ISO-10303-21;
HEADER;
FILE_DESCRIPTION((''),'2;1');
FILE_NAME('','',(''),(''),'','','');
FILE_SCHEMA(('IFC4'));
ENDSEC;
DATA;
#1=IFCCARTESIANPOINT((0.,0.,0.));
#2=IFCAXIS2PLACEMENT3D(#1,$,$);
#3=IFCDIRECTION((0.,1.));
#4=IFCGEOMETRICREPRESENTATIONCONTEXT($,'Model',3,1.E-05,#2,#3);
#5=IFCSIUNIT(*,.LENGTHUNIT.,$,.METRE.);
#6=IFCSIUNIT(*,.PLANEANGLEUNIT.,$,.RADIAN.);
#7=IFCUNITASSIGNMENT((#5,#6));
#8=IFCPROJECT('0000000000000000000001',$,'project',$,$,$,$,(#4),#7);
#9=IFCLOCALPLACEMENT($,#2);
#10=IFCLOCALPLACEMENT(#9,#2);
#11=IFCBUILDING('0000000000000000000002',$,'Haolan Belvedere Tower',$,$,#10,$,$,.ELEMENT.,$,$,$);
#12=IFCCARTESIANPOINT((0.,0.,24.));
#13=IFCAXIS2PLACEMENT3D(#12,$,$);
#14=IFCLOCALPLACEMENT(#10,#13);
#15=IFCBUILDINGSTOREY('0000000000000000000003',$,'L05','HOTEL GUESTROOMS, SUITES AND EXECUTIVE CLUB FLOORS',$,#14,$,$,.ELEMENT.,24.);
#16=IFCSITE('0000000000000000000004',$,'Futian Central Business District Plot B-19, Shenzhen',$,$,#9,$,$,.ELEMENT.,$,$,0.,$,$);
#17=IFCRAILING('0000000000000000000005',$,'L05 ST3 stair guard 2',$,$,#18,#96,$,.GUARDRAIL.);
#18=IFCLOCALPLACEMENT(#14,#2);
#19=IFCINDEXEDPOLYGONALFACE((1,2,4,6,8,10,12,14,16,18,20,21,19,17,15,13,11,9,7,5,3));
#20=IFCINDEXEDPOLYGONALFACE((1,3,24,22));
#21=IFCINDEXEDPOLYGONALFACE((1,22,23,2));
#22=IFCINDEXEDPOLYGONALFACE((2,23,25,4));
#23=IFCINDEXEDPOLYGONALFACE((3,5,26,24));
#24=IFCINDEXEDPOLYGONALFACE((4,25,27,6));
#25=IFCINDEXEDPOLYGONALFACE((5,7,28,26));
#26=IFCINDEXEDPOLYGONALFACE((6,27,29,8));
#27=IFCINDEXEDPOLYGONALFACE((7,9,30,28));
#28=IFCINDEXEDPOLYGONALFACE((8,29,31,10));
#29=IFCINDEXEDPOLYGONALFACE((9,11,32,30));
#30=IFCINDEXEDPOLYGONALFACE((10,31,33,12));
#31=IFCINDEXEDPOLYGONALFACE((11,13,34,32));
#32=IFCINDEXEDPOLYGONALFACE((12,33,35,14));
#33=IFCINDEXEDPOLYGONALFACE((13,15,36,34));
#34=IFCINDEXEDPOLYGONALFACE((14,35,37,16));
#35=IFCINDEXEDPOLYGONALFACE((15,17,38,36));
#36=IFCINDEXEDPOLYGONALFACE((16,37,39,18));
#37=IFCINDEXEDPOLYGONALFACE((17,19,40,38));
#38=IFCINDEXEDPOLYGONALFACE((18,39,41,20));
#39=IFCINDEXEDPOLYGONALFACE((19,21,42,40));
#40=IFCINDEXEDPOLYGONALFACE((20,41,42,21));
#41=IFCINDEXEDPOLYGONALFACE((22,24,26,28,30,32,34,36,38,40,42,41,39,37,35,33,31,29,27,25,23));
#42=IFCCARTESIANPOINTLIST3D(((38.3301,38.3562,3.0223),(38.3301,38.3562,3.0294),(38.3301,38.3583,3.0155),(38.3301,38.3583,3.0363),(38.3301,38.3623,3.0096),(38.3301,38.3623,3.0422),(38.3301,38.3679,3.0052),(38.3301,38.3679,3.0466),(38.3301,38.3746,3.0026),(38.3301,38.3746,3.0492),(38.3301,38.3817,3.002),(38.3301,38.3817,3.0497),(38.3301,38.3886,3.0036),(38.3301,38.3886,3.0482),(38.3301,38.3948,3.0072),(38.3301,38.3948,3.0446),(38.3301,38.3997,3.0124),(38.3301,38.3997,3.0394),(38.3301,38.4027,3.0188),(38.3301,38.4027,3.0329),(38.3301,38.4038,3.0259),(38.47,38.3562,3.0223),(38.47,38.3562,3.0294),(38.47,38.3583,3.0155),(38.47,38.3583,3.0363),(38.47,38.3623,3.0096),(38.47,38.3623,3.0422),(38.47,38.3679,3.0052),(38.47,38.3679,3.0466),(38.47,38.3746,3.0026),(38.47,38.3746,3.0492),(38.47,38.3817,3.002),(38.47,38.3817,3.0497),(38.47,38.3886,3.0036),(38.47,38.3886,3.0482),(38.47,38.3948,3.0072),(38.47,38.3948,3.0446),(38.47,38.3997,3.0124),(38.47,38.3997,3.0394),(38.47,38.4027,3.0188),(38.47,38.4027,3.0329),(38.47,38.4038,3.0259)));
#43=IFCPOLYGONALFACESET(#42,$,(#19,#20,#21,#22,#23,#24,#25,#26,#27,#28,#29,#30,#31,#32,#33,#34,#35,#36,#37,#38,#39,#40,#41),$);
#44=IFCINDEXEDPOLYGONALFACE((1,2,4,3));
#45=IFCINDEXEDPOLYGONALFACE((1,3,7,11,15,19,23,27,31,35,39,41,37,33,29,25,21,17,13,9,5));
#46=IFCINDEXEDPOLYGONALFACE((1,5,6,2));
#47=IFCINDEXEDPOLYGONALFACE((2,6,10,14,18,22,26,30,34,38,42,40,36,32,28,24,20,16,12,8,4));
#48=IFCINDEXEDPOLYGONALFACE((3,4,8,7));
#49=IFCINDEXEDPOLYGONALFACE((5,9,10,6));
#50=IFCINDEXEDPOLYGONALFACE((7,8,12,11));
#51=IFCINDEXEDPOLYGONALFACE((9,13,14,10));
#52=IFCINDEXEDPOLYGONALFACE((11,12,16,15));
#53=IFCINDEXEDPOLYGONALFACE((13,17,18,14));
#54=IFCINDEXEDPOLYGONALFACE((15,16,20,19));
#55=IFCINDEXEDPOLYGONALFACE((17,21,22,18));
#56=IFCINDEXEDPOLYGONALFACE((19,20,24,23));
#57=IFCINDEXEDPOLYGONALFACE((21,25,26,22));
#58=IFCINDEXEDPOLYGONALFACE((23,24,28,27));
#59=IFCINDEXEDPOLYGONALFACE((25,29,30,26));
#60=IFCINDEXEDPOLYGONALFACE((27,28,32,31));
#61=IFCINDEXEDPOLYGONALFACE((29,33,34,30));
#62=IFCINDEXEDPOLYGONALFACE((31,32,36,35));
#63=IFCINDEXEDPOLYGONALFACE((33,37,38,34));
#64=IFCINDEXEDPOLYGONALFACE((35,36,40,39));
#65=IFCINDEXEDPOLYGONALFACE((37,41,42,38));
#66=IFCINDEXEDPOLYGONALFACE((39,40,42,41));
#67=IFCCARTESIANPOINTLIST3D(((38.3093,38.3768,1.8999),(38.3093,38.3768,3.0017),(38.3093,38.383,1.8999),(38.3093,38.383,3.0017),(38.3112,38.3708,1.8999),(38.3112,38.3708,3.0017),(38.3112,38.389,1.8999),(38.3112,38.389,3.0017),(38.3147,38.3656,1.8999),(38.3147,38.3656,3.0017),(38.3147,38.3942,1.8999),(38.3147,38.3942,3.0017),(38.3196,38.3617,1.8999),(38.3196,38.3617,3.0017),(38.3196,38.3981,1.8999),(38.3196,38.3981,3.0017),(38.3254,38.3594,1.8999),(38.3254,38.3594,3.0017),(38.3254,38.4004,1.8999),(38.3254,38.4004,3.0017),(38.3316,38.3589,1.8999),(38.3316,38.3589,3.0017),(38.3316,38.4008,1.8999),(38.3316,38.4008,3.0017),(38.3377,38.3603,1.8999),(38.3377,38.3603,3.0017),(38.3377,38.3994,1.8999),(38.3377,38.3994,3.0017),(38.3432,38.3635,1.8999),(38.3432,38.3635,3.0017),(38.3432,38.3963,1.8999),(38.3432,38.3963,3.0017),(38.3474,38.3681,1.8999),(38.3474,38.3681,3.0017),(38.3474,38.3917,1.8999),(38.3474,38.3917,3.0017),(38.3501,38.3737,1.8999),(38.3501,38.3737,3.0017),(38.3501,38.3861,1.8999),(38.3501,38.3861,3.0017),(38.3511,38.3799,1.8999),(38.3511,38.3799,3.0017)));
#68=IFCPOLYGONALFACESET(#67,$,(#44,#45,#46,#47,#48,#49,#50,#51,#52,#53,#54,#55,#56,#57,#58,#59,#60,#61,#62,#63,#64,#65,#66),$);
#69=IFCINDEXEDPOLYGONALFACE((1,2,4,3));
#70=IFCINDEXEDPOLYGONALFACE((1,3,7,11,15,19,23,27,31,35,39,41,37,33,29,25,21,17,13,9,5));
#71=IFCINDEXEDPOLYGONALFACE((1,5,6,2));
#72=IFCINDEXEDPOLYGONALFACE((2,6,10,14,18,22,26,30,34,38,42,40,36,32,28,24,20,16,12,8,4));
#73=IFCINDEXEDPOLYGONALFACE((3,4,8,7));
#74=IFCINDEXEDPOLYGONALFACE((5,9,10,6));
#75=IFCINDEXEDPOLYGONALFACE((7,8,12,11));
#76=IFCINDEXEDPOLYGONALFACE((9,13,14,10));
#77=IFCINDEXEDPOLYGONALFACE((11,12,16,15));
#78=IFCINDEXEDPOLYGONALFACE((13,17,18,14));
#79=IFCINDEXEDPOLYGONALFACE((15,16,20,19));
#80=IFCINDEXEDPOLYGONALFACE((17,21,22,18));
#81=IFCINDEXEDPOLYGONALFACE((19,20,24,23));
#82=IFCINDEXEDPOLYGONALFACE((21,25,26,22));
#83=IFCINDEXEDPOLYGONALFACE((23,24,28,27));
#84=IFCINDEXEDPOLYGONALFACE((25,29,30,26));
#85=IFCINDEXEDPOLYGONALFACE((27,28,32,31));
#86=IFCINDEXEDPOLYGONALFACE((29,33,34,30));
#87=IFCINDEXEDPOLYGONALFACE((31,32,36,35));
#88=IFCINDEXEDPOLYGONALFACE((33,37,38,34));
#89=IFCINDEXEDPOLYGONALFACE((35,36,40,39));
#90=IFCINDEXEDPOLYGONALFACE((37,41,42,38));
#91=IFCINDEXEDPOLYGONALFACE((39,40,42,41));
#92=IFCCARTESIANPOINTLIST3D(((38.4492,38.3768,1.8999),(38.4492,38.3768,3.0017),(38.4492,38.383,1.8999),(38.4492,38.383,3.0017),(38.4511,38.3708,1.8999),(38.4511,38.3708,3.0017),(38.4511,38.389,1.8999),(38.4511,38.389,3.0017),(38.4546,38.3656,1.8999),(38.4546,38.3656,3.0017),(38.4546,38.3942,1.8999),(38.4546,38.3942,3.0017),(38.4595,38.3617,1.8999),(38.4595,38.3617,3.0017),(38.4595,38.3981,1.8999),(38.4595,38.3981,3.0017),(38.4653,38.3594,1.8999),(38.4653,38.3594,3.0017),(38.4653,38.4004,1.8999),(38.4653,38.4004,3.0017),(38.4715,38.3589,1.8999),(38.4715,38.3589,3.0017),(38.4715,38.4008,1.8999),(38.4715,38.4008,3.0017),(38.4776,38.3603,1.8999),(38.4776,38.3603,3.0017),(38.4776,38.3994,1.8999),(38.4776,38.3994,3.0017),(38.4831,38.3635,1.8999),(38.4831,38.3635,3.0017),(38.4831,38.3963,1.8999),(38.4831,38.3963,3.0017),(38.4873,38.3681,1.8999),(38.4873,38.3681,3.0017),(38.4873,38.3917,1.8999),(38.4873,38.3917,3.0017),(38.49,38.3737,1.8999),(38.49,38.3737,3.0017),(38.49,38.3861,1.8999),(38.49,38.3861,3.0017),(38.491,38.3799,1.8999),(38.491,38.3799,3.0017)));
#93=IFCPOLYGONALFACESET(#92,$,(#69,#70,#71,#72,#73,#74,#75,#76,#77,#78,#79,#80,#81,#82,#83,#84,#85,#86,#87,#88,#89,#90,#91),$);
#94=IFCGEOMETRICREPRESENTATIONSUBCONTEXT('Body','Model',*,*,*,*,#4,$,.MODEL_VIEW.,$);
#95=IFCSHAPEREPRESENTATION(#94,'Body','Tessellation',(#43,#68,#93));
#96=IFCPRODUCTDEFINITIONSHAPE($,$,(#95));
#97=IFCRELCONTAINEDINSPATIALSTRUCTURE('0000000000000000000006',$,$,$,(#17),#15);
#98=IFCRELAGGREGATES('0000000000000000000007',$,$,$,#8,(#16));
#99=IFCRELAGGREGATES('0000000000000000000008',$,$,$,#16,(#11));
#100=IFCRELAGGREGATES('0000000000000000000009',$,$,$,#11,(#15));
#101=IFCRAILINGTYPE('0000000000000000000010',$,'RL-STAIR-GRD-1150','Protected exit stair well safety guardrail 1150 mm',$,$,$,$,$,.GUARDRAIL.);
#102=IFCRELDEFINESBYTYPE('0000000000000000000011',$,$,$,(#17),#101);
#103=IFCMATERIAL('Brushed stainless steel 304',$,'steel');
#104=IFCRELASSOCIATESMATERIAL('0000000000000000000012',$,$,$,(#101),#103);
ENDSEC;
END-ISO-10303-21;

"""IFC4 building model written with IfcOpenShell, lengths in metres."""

from ifc_helpers import new_model, si_unit, direction, frame, origin, origin_2d, place, context, subcontext, project, spatial, circle, extrude, material, type_object, element, save


model = new_model("IFC4")

# Units and contexts
model_context = context("Model", 3, precision=1e-05, world=origin(), true_north=direction((0.0, 1.0)))
body_context = subcontext(model_context, "Body", "Model", "MODEL_VIEW")
ifc_project = project(units=[si_unit("LENGTHUNIT", "METRE"), si_unit("PLANEANGLEUNIT", "RADIAN")], contexts=[model_context])

# Site, building, storey
site_placement = place(None, origin())
site = spatial("IfcSite", under=ifc_project, at=site_placement, Name="Futian Central Business District Plot B-19, Shenzhen", CompositionType="ELEMENT", RefElevation=0.0)
building_placement = place(site_placement, origin())
building = spatial("IfcBuilding", under=site, at=building_placement, Name="Haolan Belvedere Tower", CompositionType="ELEMENT")
storey_placement = place(building_placement, frame((0.0, 0.0, 24.0)))
storey = spatial("IfcBuildingStorey", under=building, at=storey_placement, Name="L05", Description="HOTEL GUESTROOMS, SUITES AND EXECUTIVE CLUB FLOORS", CompositionType="ELEMENT", Elevation=24.0)

# Railing
ifc_material_1 = material(Name="Brushed stainless steel 304", Category="steel")
railing_type_1 = type_object("IfcRailingType", Name="RL-STAIR-GRD-1150", Description="Protected exit stair well safety guardrail 1150 mm", PredefinedType="GUARDRAIL", material=ifc_material_1)
railing_1_placement = place(storey_placement, frame((38.3301, 38.3799, 1.8999)))
element("IfcRailing", 1, at=railing_1_placement, inside=storey, type_object=railing_type_1, Name="L05 ST3 stair guard 2", PredefinedType="GUARDRAIL", context=body_context, shape_type="SweptSolid", body=[
    extrude(circle(Radius=0.0239, at=origin_2d()), frame((0.0, 0.0, 1.126), z_axis=(1.0, 0.0, 0.0), x_axis=(0.0, 1.0, 0.0)), (0.0, 0.0, 1.0), 0.1399),
    extrude(circle(Radius=0.021, at=origin_2d()), origin(), (0.0, 0.0, 1.0), 1.1018),
    extrude(circle(Radius=0.021, at=origin_2d()), frame((0.1399, 0.0, 0.0)), (0.0, 0.0, 1.0), 1.1018),
])

save(model, "model.ifc")
